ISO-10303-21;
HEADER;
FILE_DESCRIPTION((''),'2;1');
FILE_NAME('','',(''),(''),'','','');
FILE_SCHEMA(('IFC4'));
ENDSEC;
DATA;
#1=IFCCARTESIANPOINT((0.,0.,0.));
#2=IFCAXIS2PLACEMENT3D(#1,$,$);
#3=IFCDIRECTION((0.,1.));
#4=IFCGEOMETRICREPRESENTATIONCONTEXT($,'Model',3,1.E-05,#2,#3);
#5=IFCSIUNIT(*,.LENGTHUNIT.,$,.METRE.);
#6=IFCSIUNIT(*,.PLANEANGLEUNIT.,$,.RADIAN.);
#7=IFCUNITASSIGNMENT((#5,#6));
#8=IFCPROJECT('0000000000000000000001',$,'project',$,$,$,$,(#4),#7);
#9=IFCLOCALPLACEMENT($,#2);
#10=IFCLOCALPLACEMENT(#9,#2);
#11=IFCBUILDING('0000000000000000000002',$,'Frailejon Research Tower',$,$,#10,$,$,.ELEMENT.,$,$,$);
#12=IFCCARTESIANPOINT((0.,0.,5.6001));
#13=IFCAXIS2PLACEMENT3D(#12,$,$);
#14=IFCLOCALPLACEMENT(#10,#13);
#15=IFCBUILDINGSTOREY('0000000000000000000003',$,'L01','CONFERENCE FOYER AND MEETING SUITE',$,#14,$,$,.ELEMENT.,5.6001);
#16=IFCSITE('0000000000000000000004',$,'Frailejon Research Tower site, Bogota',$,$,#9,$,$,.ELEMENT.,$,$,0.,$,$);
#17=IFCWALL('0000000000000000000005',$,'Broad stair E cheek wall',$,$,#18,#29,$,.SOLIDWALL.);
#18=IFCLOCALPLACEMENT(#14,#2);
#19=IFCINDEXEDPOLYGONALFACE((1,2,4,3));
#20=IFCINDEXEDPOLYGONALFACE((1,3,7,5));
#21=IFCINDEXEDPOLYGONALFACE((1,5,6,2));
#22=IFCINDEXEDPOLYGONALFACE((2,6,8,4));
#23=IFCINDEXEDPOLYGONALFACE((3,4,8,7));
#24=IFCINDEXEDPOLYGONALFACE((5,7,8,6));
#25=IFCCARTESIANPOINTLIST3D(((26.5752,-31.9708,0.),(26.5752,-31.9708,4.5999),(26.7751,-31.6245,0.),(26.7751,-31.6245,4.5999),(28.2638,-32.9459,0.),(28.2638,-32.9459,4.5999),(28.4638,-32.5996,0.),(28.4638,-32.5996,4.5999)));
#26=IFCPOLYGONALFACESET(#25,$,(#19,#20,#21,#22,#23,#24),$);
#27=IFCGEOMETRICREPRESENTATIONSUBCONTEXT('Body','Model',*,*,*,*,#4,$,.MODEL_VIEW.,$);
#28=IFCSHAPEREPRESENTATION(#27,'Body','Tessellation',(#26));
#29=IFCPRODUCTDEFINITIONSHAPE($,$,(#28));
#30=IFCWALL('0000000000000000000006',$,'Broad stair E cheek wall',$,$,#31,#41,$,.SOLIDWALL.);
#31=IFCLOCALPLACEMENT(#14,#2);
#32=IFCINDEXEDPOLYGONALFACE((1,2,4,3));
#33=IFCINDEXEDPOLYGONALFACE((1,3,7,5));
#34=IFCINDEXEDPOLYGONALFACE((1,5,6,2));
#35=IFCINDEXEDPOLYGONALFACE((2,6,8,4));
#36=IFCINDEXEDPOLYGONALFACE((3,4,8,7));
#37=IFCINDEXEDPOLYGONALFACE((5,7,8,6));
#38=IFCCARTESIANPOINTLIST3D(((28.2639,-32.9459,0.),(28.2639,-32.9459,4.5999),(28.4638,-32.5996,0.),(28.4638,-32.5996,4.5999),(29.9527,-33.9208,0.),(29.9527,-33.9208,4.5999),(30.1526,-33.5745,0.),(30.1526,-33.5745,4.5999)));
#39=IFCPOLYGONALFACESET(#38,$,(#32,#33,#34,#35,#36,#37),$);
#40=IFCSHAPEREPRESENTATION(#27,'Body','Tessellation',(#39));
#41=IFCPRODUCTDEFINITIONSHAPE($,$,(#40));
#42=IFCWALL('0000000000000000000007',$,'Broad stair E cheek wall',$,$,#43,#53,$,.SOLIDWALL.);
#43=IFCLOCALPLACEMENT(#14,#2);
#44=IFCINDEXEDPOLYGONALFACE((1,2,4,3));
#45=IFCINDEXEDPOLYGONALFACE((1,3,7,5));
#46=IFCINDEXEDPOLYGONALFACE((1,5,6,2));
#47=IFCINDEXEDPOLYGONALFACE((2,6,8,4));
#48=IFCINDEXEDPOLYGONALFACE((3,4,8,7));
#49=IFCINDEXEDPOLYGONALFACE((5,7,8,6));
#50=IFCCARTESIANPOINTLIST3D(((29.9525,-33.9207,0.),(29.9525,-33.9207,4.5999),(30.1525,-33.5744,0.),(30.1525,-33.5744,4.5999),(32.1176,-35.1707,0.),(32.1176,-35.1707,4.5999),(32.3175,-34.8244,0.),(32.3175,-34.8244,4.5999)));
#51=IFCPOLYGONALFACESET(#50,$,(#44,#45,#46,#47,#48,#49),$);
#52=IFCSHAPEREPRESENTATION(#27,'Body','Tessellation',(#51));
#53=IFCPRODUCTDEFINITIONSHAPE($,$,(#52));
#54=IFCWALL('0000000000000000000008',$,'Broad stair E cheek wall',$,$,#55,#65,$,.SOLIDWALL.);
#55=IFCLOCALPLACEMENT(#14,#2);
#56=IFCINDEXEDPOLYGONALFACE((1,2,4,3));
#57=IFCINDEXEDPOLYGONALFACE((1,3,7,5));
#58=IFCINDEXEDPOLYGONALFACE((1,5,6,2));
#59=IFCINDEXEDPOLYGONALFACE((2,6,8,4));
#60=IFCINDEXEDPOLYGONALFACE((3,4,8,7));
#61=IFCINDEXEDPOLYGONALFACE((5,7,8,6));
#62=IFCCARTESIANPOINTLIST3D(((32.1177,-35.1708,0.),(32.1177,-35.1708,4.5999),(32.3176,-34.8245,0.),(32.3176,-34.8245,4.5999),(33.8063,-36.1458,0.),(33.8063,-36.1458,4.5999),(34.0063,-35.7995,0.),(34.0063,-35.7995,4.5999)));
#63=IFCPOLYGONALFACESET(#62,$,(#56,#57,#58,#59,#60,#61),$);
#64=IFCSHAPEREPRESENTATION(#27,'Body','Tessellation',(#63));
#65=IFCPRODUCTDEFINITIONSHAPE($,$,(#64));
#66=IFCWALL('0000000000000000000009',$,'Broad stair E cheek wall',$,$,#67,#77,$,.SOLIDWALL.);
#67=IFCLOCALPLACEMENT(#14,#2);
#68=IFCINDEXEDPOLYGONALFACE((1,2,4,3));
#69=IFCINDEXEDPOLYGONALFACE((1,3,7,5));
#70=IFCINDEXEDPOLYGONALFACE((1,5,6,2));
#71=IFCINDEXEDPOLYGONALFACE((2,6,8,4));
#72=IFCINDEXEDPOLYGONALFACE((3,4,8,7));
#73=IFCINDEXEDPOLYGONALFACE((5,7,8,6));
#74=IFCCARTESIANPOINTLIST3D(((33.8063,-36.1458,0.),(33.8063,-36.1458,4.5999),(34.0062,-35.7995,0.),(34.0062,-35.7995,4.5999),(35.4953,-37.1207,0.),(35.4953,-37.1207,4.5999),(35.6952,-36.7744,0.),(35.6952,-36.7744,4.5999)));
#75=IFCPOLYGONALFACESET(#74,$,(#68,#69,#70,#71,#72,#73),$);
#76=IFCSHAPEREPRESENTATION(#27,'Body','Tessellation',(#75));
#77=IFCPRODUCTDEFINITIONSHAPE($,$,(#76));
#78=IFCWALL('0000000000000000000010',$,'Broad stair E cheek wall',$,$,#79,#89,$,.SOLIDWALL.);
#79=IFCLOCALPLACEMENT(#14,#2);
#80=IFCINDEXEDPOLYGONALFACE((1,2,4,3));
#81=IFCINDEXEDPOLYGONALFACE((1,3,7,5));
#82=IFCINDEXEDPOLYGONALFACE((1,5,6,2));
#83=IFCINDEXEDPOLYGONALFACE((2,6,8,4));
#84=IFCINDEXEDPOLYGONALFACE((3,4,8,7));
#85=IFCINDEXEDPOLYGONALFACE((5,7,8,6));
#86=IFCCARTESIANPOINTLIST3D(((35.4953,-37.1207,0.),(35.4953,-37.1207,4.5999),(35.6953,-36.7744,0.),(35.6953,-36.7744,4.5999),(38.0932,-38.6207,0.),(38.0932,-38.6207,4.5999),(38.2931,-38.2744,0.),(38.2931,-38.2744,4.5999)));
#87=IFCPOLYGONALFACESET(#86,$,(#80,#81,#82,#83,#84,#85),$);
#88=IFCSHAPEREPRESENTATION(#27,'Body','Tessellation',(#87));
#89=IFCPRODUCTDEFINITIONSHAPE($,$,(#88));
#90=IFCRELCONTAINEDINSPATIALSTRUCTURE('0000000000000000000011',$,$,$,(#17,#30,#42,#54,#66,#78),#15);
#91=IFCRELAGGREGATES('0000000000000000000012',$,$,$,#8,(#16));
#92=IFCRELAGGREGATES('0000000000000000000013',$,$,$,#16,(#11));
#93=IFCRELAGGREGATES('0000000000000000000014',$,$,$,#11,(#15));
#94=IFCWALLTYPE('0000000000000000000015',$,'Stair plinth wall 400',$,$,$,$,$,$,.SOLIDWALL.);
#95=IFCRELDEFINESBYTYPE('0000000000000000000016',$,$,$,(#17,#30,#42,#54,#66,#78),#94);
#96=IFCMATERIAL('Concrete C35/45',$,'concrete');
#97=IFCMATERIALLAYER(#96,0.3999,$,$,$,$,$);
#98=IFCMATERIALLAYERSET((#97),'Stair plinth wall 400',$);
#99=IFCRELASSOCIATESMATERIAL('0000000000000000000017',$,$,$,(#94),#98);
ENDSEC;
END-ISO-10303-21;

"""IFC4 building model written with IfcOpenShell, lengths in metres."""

from ifc_helpers import new_model, si_unit, direction, frame, frame_2d, origin, place, context, subcontext, project, spatial, rectangle, extrude, material, layer, layer_set, type_object, element, save


model = new_model("IFC4")

# Units and contexts
model_context = context("Model", 3, precision=1e-05, world=origin(), true_north=direction((0.0, 1.0)))
body_context = subcontext(model_context, "Body", "Model", "MODEL_VIEW")
ifc_project = project(units=[si_unit("LENGTHUNIT", "METRE"), si_unit("PLANEANGLEUNIT", "RADIAN")], contexts=[model_context])

# Site, building, storey
site_placement = place(None, origin())
site = spatial("IfcSite", under=ifc_project, at=site_placement, Name="Frailejon Research Tower site, Bogota", CompositionType="ELEMENT", RefElevation=0.0)
building_placement = place(site_placement, origin())
building = spatial("IfcBuilding", under=site, at=building_placement, Name="Frailejon Research Tower", CompositionType="ELEMENT")
storey_placement = place(building_placement, frame((0.0, 0.0, 5.6001)))
storey = spatial("IfcBuildingStorey", under=building, at=storey_placement, Name="L01", Description="CONFERENCE FOYER AND MEETING SUITE", CompositionType="ELEMENT", Elevation=5.6001)

# Walls
ifc_material_1 = material(Name="Concrete C35/45", Category="concrete")
ifc_layer_1 = layer(ifc_material_1, 0.3999)
ifc_layer_set_1 = layer_set([ifc_layer_1], Name="Stair plinth wall 400")
wall_type = type_object("IfcWallType", Name="Stair plinth wall 400", PredefinedType="SOLIDWALL", material=ifc_layer_set_1)
for number, where, z_axis, x_axis, name in (
    (1, (26.675, -31.7976, 0.0), (0.0, 0.0, 1.0), (0.866, -0.500044, 0.0), "Broad stair E cheek wall"),
    (2, (28.3638, -32.7727, 0.0), (0.0, 0.0, 1.0), (0.866054, -0.49995, 0.0), "Broad stair E cheek wall"),
):
    element("IfcWall", number, at=place(storey_placement, frame(where, z_axis=z_axis, x_axis=x_axis)), inside=storey, type_object=wall_type, Name=name, PredefinedType="SOLIDWALL", context=body_context, shape_type="SweptSolid", body=[
        extrude(rectangle(XDim=1.95, YDim=0.3999, at=frame_2d((0.9751, 0.0))), origin(), (0.0, 0.0, 1.0), 4.5999),
    ])
wall_1_placement = place(storey_placement, frame((30.0525, -33.7476, 0.0), z_axis=(0.0, 0.0, 1.0), x_axis=(0.866023, -0.500004, 0.0)))
element("IfcWall", 3, at=wall_1_placement, inside=storey, type_object=wall_type, Name="Broad stair E cheek wall", PredefinedType="SOLIDWALL", context=body_context, shape_type="SweptSolid", body=[
    extrude(rectangle(XDim=2.5, YDim=0.3999, at=frame_2d((1.25, 0.0))), origin(), (0.0, 0.0, 1.0), 4.5999),
])
wall_2_placement = place(storey_placement, frame((32.2175, -34.9976, 0.0), z_axis=(0.0, 0.0, 1.0), x_axis=(0.866, -0.500044, 0.0)))
element("IfcWall", 4, at=wall_2_placement, inside=storey, type_object=wall_type, Name="Broad stair E cheek wall", PredefinedType="SOLIDWALL", context=body_context, shape_type="SweptSolid", body=[
    extrude(rectangle(XDim=1.95, YDim=0.3999, at=frame_2d((0.9751, 0.0))), origin(), (0.0, 0.0, 1.0), 4.5999),
])
wall_3_placement = place(storey_placement, frame((33.9062, -35.9727, 0.0), z_axis=(0.0, 0.0, 1.0), x_axis=(0.866086, -0.499896, 0.0)))
element("IfcWall", 5, at=wall_3_placement, inside=storey, type_object=wall_type, Name="Broad stair E cheek wall", PredefinedType="SOLIDWALL", context=body_context, shape_type="SweptSolid", body=[
    extrude(rectangle(XDim=1.9502, YDim=0.3999, at=frame_2d((0.9751, 0.0))), origin(), (0.0, 0.0, 1.0), 4.5999),
])
wall_4_placement = place(storey_placement, frame((35.5952, -36.9475, 0.0), z_axis=(0.0, 0.0, 1.0), x_axis=(0.866011, -0.500025, 0.0)))
element("IfcWall", 6, at=wall_4_placement, inside=storey, type_object=wall_type, Name="Broad stair E cheek wall", PredefinedType="SOLIDWALL", context=body_context, shape_type="SweptSolid", body=[
    extrude(rectangle(XDim=2.9998, YDim=0.3999, at=frame_2d((1.5, 0.0))), origin(), (0.0, 0.0, 1.0), 4.5999),
])

save(model, "model.ifc")
